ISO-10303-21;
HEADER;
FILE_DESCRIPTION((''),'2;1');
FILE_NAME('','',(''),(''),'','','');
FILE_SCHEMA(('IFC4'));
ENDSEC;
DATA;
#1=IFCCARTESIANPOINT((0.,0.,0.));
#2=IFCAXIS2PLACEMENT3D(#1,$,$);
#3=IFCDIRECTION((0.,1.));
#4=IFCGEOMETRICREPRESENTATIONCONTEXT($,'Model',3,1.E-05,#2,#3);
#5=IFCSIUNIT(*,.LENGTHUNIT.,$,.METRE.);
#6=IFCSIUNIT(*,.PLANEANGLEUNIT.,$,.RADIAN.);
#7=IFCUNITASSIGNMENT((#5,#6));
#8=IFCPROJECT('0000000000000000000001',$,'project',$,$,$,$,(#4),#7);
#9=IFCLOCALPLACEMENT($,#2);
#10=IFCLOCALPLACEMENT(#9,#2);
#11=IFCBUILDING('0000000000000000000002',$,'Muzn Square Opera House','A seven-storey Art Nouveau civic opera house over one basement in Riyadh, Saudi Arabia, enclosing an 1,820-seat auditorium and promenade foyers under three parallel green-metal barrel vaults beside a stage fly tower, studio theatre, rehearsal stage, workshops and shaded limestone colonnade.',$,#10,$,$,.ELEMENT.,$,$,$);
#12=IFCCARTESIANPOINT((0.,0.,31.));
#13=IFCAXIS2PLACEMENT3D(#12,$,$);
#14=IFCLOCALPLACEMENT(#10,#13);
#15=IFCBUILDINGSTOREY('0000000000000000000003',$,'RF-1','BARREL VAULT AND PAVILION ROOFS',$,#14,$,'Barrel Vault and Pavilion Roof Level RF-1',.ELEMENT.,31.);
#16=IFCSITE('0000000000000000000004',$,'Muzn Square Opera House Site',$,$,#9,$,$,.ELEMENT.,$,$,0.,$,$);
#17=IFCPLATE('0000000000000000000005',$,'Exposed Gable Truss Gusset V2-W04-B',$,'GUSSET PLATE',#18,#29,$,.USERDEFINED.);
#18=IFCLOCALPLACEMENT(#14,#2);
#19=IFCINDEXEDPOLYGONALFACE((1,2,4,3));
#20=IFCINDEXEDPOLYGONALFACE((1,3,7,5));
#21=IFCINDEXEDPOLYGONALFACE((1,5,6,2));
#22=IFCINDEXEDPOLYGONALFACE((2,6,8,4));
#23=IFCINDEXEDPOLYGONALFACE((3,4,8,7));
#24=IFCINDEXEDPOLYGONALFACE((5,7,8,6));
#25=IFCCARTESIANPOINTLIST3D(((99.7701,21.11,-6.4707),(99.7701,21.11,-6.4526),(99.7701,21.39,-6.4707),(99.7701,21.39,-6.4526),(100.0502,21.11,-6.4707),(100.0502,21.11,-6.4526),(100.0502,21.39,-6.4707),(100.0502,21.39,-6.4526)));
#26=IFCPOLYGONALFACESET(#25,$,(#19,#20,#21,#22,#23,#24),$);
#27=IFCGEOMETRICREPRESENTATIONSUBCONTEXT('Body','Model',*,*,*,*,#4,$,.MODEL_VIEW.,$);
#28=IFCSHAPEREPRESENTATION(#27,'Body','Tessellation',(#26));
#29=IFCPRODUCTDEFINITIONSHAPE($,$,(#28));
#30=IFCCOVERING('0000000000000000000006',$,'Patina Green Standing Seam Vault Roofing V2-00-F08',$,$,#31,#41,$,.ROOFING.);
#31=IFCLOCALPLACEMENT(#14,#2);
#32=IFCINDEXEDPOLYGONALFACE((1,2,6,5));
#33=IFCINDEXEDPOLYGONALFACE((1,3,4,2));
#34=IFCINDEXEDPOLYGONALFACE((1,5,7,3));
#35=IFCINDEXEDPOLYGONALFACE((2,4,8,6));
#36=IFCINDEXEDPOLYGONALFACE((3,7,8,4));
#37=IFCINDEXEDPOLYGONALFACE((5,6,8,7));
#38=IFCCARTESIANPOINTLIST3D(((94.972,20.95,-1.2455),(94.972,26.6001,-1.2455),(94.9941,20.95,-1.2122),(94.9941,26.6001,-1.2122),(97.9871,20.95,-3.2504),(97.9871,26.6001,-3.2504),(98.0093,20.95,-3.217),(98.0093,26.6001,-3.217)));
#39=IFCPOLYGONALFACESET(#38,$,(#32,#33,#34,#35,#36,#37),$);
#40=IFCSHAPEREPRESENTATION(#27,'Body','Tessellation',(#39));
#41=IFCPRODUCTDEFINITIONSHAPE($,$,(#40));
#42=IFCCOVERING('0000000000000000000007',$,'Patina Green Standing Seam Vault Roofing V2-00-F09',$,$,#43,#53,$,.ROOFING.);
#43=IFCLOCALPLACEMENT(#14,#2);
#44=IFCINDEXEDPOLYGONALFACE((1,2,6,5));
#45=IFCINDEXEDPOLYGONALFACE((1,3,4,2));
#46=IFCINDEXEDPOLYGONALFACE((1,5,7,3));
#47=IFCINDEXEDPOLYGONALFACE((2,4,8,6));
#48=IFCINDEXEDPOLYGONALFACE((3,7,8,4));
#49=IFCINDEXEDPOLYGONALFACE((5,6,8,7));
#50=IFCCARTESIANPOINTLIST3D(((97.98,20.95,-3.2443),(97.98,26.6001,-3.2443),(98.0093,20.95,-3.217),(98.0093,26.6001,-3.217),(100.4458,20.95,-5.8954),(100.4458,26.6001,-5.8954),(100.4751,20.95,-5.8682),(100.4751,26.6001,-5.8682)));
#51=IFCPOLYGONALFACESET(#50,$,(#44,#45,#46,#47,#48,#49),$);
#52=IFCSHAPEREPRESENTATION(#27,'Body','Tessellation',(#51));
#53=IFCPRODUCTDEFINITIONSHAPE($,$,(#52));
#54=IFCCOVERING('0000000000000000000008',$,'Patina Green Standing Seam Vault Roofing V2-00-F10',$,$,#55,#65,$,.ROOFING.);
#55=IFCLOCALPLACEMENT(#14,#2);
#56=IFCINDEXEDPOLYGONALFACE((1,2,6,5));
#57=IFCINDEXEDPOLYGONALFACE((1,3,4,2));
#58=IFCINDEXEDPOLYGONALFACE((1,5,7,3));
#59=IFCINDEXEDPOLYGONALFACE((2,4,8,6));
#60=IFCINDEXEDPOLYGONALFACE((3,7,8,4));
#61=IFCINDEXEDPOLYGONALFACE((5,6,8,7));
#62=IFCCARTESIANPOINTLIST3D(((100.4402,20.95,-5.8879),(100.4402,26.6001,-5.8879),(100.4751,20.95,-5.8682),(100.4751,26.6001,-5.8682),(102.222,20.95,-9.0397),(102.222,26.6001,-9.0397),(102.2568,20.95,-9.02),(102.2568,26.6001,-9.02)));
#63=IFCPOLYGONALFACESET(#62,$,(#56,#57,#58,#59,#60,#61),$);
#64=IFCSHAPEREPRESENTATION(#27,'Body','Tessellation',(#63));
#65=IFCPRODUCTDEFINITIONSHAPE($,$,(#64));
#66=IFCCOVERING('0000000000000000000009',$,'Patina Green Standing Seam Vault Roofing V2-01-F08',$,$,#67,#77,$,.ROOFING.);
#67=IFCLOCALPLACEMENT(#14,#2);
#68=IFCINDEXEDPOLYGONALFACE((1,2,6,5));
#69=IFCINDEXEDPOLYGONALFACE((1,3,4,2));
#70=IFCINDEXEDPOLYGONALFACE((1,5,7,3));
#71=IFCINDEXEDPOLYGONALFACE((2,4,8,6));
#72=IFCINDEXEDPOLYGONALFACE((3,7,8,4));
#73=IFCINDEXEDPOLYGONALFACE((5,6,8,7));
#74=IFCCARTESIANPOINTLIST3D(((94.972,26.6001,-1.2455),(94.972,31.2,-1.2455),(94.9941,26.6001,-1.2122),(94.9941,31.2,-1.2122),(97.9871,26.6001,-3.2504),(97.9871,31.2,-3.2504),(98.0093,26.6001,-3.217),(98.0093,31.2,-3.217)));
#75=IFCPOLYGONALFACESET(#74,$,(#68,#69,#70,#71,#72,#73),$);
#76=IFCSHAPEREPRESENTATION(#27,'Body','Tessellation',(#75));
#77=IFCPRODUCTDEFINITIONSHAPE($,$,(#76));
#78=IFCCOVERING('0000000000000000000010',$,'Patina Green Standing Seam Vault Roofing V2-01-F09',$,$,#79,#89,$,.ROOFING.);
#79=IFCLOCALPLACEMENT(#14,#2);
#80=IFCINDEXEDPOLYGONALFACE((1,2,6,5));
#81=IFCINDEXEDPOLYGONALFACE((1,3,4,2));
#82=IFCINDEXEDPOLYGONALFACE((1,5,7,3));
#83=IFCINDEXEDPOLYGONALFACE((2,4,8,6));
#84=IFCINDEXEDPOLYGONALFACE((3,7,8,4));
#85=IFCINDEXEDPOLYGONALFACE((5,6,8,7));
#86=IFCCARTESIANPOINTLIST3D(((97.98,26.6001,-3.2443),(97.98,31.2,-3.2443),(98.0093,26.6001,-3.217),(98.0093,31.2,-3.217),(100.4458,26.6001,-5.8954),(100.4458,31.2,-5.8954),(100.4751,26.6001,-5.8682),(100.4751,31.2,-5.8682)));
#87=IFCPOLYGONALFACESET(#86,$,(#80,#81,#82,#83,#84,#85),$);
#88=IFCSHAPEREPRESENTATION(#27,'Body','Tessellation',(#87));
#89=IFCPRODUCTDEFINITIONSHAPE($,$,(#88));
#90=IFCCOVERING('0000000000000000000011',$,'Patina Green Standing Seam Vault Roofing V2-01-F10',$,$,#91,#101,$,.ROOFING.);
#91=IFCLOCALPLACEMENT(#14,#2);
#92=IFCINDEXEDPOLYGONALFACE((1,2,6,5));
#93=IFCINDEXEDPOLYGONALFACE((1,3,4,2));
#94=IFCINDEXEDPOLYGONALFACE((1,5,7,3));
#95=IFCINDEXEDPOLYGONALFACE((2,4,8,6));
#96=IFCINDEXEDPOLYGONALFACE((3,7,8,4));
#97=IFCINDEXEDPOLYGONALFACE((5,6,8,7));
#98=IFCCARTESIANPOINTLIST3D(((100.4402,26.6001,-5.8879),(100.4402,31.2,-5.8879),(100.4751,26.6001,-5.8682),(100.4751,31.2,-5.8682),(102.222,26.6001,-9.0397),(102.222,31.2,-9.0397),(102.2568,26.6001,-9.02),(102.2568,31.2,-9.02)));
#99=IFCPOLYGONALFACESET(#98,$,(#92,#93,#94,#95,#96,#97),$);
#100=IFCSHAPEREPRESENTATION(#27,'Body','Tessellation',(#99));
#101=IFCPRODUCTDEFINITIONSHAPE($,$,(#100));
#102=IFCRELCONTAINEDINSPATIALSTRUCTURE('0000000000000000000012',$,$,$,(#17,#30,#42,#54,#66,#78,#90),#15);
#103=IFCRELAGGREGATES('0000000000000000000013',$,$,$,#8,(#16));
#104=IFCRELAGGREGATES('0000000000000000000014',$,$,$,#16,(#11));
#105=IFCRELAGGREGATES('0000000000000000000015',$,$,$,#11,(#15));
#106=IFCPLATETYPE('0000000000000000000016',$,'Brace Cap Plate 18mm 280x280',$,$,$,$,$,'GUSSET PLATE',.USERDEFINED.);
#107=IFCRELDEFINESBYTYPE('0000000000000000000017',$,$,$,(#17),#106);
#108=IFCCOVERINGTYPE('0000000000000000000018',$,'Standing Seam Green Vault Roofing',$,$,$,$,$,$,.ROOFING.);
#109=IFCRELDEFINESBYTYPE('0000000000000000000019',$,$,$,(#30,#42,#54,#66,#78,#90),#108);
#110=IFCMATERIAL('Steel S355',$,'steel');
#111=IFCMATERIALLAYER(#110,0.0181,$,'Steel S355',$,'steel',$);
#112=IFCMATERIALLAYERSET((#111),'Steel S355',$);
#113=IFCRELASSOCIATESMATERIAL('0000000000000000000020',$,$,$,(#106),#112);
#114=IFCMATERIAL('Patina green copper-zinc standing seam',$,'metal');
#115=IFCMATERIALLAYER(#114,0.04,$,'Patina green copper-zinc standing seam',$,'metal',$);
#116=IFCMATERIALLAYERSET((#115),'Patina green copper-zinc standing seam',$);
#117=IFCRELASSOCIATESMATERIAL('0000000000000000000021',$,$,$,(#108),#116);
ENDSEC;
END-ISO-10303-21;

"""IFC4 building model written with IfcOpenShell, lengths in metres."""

from ifc_helpers import new_model, si_unit, direction, frame, origin, origin_2d, place, context, subcontext, project, spatial, polyline, rectangle, outline, extrude, material, layer, layer_set, type_object, element, save


model = new_model("IFC4")

# Units and contexts
model_context = context("Model", 3, precision=1e-05, world=origin(), true_north=direction((0.0, 1.0)))
body_context = subcontext(model_context, "Body", "Model", "MODEL_VIEW")
ifc_project = project(units=[si_unit("LENGTHUNIT", "METRE"), si_unit("PLANEANGLEUNIT", "RADIAN")], contexts=[model_context])

# Site, building, storey
site_placement = place(None, origin())
site = spatial("IfcSite", under=ifc_project, at=site_placement, Name="Muzn Square Opera House Site", CompositionType="ELEMENT", RefElevation=0.0)
building_placement = place(site_placement, origin())
building = spatial("IfcBuilding", under=site, at=building_placement, Name="Muzn Square Opera House", Description="A seven-storey Art Nouveau civic opera house over one basement in Riyadh, Saudi Arabia, enclosing an 1,820-seat auditorium and promenade foyers under three parallel green-metal barrel vaults beside a stage fly tower, studio theatre, rehearsal stage, workshops and shaded limestone colonnade.", CompositionType="ELEMENT")
storey_placement = place(building_placement, frame((0.0, 0.0, 31.0)))
storey = spatial("IfcBuildingStorey", under=building, at=storey_placement, Name="RF-1", Description="BARREL VAULT AND PAVILION ROOFS", LongName="Barrel Vault and Pavilion Roof Level RF-1", CompositionType="ELEMENT", Elevation=31.0)

# Shared definitions
ifc_material_1 = material(Name="Steel S355", Category="steel")

# Shared definitions
ifc_material_2 = material(Name="Patina green copper-zinc standing seam", Category="metal")

# Plate
ifc_layer_1 = layer(ifc_material_1, 0.0181, Name="Steel S355", Category="steel")
ifc_layer_set_1 = layer_set([ifc_layer_1], Name="Steel S355")
plate_type = type_object("IfcPlateType", Name="Brace Cap Plate 18mm 280x280", ElementType="GUSSET PLATE", PredefinedType="USERDEFINED", material=ifc_layer_set_1)
for number, where, z_axis, x_axis, name in (
    (1, (99.9102, 21.25, -6.4707), (0.0, 0.0, 1.0), (1.0, 0.0, 0.0), "Exposed Gable Truss Gusset V2-W04-B"),
):
    element("IfcPlate", number, at=place(storey_placement, frame(where, z_axis=z_axis, x_axis=x_axis)), inside=storey, type_object=plate_type, Name=name, ObjectType="GUSSET PLATE", PredefinedType="USERDEFINED", context=body_context, shape_type="SweptSolid", body=[
        extrude(rectangle(XDim=0.28, YDim=0.28, at=origin_2d()), origin(), (0.0, 0.0, 1.0), 0.0181),
    ])

# Coverings
ifc_layer_2 = layer(ifc_material_2, 0.04, Name="Patina green copper-zinc standing seam", Category="metal")
ifc_layer_set_2 = layer_set([ifc_layer_2], Name="Patina green copper-zinc standing seam")
covering_type = type_object("IfcCoveringType", Name="Standing Seam Green Vault Roofing", PredefinedType="ROOFING", material=ifc_layer_set_2)
covering_1_placement = place(storey_placement, frame((94.9941, 20.95, -1.2122), z_axis=(0.553704, 0.0, 0.832714), x_axis=(0.832714, 0.0, -0.553704)))
element("IfcCovering", 2, at=covering_1_placement, inside=storey, type_object=covering_type, Name="Patina Green Standing Seam Vault Roofing V2-00-F08", PredefinedType="ROOFING", context=body_context, shape_type="SweptSolid", body=[
    extrude(outline(polyline([(0.0, 0.0), (3.6209, 0.0), (3.6209, 5.6501), (0.0, 5.6501), (0.0, 0.0)])), origin(), (0.0, 0.0, -1.0), 0.04),
])
covering_2_placement = place(storey_placement, frame((98.0093, 20.95, -3.217), z_axis=(0.732234, 0.0, 0.681053), x_axis=(0.681053, 0.0, -0.732234)))
element("IfcCovering", 3, at=covering_2_placement, inside=storey, type_object=covering_type, Name="Patina Green Standing Seam Vault Roofing V2-00-F09", PredefinedType="ROOFING", context=body_context, shape_type="SweptSolid", body=[
    extrude(outline(polyline([(0.0, 0.0), (3.6206, 0.0), (3.6206, 5.6501), (0.0, 5.6501), (0.0, 0.0)])), origin(), (0.0, 0.0, -1.0), 0.04),
])
covering_3_placement = place(storey_placement, frame((100.4751, 20.95, -5.8682), z_axis=(0.870533, 0.0, 0.492111), x_axis=(0.492111, 0.0, -0.870533)))
element("IfcCovering", 4, at=covering_3_placement, inside=storey, type_object=covering_type, Name="Patina Green Standing Seam Vault Roofing V2-00-F10", PredefinedType="ROOFING", context=body_context, shape_type="SweptSolid", body=[
    extrude(outline(polyline([(0.0, 0.0), (3.6206, 0.0), (3.6206, 5.6501), (0.0, 5.6501), (0.0, 0.0)])), origin(), (0.0, 0.0, -1.0), 0.04),
])
covering_4_placement = place(storey_placement, frame((94.9941, 26.6001, -1.2122), z_axis=(0.553704, 0.0, 0.832714), x_axis=(0.832714, 0.0, -0.553704)))
element("IfcCovering", 5, at=covering_4_placement, inside=storey, type_object=covering_type, Name="Patina Green Standing Seam Vault Roofing V2-01-F08", PredefinedType="ROOFING", context=body_context, shape_type="SweptSolid", body=[
    extrude(outline(polyline([(0.0, 0.0), (3.6209, 0.0), (3.6209, 4.5999), (0.0, 4.5999), (0.0, 0.0)])), origin(), (0.0, 0.0, -1.0), 0.04),
])
covering_5_placement = place(storey_placement, frame((98.0093, 26.6001, -3.217), z_axis=(0.732234, 0.0, 0.681053), x_axis=(0.681053, 0.0, -0.732234)))
element("IfcCovering", 6, at=covering_5_placement, inside=storey, type_object=covering_type, Name="Patina Green Standing Seam Vault Roofing V2-01-F09", PredefinedType="ROOFING", context=body_context, shape_type="SweptSolid", body=[
    extrude(outline(polyline([(0.0, 0.0), (3.6206, 0.0), (3.6206, 4.5999), (0.0, 4.5999), (0.0, 0.0)])), origin(), (0.0, 0.0, -1.0), 0.04),
])
covering_6_placement = place(storey_placement, frame((100.4751, 26.6001, -5.8682), z_axis=(0.870533, 0.0, 0.492111), x_axis=(0.492111, 0.0, -0.870533)))
element("IfcCovering", 7, at=covering_6_placement, inside=storey, type_object=covering_type, Name="Patina Green Standing Seam Vault Roofing V2-01-F10", PredefinedType="ROOFING", context=body_context, shape_type="SweptSolid", body=[
    extrude(outline(polyline([(0.0, 0.0), (3.6206, 0.0), (3.6206, 4.5999), (0.0, 4.5999), (0.0, 0.0)])), origin(), (0.0, 0.0, -1.0), 0.04),
])

save(model, "model.ifc")
